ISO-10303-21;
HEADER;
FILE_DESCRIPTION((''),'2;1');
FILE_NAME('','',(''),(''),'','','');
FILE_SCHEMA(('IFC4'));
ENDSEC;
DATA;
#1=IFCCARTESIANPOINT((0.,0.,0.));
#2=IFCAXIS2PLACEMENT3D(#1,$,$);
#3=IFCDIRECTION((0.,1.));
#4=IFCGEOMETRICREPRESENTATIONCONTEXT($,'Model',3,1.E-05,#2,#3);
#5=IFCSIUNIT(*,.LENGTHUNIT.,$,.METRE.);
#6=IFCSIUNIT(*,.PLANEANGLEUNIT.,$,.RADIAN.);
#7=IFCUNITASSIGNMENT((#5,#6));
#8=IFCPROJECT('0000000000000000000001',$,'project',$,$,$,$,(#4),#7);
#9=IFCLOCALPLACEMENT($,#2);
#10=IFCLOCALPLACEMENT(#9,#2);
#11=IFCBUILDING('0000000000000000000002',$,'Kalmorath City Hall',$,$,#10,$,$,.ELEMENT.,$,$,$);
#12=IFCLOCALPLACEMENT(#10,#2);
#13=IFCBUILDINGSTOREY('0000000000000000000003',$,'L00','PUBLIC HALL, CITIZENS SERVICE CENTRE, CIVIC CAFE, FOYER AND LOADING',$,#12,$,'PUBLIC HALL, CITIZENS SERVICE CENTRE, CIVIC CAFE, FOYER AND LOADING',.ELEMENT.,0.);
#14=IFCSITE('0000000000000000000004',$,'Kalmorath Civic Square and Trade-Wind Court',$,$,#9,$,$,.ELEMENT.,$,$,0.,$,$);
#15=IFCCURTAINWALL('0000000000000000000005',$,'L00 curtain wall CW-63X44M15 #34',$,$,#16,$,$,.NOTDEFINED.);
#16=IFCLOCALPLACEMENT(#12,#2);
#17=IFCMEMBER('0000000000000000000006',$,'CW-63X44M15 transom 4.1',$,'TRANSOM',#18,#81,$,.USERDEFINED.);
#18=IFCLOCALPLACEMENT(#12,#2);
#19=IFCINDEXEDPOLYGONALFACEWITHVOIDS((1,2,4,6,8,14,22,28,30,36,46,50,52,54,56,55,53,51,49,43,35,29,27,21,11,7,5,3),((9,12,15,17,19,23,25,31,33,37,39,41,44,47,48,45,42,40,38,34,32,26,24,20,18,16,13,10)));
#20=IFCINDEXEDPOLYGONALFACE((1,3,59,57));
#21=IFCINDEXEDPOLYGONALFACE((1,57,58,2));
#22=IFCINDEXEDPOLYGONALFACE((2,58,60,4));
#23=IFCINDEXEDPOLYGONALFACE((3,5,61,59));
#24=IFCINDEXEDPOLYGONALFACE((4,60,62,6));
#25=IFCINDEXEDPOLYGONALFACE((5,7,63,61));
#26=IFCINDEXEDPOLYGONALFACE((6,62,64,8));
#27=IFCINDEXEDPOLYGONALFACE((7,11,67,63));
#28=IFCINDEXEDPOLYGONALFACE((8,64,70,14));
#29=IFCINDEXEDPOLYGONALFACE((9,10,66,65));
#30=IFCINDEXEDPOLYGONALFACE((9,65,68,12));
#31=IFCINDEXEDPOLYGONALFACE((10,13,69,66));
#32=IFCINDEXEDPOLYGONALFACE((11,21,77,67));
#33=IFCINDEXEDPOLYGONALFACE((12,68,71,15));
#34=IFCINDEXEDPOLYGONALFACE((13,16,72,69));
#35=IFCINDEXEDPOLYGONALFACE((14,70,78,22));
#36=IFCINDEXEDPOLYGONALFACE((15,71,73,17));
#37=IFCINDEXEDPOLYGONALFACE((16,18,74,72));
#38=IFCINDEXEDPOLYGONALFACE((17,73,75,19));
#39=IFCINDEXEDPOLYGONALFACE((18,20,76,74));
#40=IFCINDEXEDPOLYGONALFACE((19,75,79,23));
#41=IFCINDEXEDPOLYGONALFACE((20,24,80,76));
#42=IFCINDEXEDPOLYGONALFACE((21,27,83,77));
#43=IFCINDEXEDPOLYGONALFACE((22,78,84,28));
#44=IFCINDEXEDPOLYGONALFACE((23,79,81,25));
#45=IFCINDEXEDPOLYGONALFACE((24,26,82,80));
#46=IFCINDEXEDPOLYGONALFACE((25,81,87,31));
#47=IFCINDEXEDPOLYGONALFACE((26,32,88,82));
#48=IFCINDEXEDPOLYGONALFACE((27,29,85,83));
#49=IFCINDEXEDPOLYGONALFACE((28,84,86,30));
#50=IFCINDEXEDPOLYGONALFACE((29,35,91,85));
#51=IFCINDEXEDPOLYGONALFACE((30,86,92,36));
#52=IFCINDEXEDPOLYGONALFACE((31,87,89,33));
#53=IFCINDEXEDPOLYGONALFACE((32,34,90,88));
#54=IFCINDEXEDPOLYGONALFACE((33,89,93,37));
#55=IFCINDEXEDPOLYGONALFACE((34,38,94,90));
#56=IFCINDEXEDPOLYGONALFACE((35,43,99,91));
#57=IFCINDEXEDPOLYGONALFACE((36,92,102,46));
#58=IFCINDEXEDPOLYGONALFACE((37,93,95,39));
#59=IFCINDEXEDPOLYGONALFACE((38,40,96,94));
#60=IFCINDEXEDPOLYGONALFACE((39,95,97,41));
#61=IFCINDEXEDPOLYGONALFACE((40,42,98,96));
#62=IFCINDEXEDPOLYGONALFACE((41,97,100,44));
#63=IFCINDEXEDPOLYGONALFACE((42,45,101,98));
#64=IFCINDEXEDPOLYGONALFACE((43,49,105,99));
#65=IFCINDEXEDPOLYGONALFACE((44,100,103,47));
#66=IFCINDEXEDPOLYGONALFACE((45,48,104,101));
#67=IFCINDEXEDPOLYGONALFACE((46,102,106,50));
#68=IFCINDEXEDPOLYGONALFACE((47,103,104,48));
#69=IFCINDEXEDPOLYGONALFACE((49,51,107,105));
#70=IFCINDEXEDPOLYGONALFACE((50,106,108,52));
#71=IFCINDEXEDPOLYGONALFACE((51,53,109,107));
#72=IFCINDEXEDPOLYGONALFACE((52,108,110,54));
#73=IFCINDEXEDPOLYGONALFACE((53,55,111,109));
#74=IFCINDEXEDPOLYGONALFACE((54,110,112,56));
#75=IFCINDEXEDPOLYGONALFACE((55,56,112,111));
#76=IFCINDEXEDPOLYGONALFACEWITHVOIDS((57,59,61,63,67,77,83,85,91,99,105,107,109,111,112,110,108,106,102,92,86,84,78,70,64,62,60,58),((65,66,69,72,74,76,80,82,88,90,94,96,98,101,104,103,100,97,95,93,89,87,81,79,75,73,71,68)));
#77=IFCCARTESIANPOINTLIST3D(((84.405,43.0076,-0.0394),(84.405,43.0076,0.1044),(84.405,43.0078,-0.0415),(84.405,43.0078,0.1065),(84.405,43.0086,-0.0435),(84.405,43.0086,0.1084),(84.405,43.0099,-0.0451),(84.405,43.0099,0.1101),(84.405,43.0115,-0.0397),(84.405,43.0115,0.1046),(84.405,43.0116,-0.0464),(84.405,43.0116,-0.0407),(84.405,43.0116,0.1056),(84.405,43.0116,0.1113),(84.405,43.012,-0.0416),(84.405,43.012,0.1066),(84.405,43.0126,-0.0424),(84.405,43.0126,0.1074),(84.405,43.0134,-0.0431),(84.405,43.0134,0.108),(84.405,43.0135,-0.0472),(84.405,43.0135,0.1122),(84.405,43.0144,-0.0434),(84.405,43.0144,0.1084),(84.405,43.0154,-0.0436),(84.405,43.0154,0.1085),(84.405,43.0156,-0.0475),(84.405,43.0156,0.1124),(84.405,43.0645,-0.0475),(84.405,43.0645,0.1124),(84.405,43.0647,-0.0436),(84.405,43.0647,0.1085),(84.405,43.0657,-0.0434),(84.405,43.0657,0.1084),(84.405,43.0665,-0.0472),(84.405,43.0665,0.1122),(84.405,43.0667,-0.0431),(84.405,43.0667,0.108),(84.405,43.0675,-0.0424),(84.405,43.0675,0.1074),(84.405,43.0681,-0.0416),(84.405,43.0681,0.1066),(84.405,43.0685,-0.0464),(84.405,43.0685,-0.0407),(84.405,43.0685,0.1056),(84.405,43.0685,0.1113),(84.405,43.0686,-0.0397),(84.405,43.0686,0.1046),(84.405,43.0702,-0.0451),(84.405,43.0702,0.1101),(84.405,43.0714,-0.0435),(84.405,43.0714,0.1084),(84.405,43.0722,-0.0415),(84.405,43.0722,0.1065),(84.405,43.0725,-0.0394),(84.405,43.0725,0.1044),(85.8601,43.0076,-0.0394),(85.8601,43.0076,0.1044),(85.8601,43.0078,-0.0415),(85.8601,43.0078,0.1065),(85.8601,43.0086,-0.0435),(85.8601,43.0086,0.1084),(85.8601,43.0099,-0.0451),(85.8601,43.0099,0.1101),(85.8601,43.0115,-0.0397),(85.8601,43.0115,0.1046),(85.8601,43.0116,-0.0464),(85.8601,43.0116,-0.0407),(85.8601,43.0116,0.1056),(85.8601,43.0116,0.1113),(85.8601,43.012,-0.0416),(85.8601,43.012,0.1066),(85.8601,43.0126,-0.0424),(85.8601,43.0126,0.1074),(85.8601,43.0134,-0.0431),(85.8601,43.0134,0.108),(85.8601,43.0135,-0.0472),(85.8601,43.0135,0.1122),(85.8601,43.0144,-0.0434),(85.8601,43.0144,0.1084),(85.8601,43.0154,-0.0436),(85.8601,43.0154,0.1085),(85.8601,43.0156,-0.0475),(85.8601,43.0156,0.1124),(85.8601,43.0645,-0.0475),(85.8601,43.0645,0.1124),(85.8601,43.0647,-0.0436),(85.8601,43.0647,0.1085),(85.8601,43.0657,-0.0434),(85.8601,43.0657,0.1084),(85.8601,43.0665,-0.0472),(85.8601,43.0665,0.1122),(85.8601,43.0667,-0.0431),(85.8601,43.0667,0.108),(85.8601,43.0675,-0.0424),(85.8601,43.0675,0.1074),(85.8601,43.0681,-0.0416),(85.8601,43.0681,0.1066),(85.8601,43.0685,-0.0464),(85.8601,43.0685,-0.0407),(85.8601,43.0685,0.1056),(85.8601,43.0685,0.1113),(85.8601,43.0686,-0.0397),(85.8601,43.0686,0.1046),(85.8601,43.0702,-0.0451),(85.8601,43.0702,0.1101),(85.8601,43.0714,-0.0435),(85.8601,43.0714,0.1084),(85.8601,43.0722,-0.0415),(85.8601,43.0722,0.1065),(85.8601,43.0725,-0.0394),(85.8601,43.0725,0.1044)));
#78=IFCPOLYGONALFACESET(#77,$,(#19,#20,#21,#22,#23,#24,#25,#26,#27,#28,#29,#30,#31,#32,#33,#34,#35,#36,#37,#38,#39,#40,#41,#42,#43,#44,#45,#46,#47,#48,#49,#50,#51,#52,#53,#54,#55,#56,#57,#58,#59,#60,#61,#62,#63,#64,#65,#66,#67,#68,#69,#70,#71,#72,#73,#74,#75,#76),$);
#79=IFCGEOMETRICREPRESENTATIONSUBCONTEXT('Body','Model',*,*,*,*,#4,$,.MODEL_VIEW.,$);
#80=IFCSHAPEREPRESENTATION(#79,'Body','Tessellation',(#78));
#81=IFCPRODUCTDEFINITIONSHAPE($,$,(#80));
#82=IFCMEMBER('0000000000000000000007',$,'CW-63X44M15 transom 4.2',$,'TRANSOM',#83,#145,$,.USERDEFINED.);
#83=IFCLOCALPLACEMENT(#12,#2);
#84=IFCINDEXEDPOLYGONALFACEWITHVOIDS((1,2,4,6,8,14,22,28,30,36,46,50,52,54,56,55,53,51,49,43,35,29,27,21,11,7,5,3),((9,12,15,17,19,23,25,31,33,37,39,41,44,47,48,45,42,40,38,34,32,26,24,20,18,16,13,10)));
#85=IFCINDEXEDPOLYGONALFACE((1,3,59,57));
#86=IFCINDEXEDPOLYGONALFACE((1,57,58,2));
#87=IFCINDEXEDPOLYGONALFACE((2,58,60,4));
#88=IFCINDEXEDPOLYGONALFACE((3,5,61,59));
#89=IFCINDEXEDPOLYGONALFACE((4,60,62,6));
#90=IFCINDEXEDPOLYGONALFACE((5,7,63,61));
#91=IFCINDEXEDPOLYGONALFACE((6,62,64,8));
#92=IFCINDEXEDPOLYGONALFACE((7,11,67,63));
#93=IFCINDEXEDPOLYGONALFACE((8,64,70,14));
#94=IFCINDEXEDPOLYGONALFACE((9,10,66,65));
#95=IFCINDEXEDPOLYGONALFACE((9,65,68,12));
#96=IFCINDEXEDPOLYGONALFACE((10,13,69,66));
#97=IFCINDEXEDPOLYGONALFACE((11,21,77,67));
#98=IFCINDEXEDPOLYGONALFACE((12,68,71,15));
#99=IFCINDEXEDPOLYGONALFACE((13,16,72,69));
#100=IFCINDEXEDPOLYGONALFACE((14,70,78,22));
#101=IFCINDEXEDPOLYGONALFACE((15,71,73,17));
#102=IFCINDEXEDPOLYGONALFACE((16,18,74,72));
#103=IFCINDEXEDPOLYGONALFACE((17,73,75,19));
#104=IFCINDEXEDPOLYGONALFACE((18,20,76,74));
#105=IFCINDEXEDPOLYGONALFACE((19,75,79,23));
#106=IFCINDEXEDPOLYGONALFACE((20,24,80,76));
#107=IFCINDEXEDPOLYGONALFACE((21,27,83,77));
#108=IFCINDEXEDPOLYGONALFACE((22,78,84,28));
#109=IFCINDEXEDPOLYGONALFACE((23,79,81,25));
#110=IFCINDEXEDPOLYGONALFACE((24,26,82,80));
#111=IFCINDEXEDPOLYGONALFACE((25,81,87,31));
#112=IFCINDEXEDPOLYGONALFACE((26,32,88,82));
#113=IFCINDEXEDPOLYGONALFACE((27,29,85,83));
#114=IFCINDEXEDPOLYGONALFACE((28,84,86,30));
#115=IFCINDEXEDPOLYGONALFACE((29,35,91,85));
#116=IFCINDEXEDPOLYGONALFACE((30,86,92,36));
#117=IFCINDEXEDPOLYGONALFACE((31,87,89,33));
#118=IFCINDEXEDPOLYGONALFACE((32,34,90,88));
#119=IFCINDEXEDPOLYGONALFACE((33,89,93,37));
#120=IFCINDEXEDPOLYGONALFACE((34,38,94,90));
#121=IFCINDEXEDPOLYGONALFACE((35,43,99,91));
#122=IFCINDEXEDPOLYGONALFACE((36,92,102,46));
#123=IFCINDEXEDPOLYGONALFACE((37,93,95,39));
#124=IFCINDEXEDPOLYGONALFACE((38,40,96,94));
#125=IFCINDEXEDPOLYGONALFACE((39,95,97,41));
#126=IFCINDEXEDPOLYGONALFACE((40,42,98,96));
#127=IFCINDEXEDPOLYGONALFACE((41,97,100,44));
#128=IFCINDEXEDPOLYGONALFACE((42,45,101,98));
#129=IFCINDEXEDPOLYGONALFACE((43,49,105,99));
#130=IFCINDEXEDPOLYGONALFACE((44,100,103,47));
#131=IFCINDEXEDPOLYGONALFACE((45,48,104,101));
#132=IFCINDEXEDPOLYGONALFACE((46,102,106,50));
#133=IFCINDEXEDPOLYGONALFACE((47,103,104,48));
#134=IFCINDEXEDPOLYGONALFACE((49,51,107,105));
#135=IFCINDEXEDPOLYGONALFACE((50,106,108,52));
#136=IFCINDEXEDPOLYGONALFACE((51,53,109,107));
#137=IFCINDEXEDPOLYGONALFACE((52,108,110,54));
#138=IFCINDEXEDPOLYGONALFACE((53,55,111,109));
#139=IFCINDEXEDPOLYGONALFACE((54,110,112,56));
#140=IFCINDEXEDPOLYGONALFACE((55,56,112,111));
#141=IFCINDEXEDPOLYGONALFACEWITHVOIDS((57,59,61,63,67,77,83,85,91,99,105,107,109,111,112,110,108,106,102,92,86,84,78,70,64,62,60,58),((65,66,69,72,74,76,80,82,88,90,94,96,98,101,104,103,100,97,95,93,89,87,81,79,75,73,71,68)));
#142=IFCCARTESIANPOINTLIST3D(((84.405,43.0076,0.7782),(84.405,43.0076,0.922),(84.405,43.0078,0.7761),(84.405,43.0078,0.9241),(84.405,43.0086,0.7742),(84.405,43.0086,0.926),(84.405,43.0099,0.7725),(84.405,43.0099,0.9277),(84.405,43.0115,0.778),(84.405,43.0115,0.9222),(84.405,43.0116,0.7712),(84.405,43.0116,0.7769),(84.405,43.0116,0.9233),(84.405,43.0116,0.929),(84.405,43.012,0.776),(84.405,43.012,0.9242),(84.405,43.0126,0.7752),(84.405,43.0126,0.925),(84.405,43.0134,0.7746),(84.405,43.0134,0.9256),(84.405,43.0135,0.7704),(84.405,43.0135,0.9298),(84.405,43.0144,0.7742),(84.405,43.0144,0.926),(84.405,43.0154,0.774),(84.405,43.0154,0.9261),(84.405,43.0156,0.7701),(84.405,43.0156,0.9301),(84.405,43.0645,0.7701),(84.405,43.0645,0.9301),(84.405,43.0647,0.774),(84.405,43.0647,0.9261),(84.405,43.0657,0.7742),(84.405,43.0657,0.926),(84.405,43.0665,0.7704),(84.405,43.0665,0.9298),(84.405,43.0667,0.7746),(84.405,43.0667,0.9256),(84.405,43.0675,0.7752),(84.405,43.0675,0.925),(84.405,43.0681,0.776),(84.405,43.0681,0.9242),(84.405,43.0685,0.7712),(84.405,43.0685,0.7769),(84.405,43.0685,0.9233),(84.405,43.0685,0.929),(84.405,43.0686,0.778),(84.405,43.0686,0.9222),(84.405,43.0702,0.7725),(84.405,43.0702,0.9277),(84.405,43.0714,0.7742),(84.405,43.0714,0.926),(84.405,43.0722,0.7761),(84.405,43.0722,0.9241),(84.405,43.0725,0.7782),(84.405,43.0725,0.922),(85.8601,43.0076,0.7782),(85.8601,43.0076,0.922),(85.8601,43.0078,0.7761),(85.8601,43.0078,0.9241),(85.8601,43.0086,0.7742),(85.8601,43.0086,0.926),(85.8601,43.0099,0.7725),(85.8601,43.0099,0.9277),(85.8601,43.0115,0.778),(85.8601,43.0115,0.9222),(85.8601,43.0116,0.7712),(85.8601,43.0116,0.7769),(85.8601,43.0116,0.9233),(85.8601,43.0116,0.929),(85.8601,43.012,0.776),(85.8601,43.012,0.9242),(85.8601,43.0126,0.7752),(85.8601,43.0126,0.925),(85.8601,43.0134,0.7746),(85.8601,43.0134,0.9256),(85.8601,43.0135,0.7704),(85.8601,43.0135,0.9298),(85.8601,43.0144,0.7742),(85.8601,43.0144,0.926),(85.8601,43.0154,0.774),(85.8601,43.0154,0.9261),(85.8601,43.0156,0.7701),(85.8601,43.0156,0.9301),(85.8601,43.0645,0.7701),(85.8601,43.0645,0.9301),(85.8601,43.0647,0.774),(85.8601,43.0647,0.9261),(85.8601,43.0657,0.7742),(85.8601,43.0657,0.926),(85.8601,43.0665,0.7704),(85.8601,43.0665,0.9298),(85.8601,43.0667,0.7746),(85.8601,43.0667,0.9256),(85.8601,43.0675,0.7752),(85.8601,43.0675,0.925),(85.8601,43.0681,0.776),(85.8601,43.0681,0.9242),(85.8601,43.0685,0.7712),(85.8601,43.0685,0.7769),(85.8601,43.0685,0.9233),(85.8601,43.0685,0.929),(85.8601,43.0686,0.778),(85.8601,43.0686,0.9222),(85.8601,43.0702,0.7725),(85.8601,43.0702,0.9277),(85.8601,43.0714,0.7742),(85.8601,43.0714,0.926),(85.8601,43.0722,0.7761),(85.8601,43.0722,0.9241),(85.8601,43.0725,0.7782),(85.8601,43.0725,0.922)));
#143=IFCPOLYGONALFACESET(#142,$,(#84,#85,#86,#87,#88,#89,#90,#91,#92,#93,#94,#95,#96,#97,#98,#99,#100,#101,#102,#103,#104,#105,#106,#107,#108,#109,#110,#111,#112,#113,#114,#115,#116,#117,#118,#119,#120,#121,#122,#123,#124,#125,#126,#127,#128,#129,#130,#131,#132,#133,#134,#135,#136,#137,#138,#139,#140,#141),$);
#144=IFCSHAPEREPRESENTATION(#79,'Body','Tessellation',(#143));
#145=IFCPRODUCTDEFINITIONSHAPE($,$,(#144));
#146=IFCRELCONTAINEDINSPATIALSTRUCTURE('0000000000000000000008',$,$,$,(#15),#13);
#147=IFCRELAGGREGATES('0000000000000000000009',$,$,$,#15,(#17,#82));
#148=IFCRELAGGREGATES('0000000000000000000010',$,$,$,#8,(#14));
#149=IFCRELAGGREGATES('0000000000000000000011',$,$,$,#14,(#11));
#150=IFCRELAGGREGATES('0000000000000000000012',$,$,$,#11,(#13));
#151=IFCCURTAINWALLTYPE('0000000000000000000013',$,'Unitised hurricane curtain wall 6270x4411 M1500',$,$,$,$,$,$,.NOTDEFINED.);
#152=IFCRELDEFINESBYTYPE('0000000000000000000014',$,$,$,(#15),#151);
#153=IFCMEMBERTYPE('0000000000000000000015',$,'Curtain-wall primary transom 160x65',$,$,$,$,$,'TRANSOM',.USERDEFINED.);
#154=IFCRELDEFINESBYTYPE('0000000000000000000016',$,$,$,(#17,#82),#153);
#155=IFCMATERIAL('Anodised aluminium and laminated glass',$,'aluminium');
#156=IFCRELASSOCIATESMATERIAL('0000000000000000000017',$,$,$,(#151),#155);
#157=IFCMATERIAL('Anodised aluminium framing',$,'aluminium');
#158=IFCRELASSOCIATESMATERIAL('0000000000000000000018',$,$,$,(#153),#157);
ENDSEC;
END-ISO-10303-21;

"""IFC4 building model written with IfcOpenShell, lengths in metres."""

from ifc_helpers import new_model, si_unit, direction, frame, origin, origin_2d, place, context, subcontext, project, spatial, hollow_rectangle, extrude, material, material_profile, profile_set, type_object, element, aggregate, save


model = new_model("IFC4")

# Units and contexts
model_context = context("Model", 3, precision=1e-05, world=origin(), true_north=direction((0.0, 1.0)))
body_context = subcontext(model_context, "Body", "Model", "MODEL_VIEW")
ifc_project = project(units=[si_unit("LENGTHUNIT", "METRE"), si_unit("PLANEANGLEUNIT", "RADIAN")], contexts=[model_context])

# Site, building, storey
site_placement = place(None, origin())
site = spatial("IfcSite", under=ifc_project, at=site_placement, Name="Kalmorath Civic Square and Trade-Wind Court", CompositionType="ELEMENT", RefElevation=0.0)
building_placement = place(site_placement, origin())
building = spatial("IfcBuilding", under=site, at=building_placement, Name="Kalmorath City Hall", CompositionType="ELEMENT")
storey_placement = place(building_placement, origin())
storey = spatial("IfcBuildingStorey", under=building, at=storey_placement, Name="L00", Description="PUBLIC HALL, CITIZENS SERVICE CENTRE, CIVIC CAFE, FOYER AND LOADING", LongName="PUBLIC HALL, CITIZENS SERVICE CENTRE, CIVIC CAFE, FOYER AND LOADING", CompositionType="ELEMENT", Elevation=0.0)

# Curtain wall, members
ifc_material_1 = material(Name="Anodised aluminium and laminated glass", Category="aluminium")
curtain_wall_type = type_object("IfcCurtainWallType", Name="Unitised hurricane curtain wall 6270x4411 M1500", PredefinedType="NOTDEFINED", material=ifc_material_1)
curtain_wall_placement = place(storey_placement, origin())
curtain_wall = element("IfcCurtainWall", 1, at=curtain_wall_placement, inside=storey, type_object=curtain_wall_type, Name="L00 curtain wall CW-63X44M15 #34", PredefinedType="NOTDEFINED")
ifc_material_2 = material(Name="Anodised aluminium framing", Category="aluminium")
ifc_material_profile_1 = material_profile(ifc_material_2, hollow_rectangle(XDim=0.0649, YDim=0.1599, WallThickness=0.0039, InnerFilletRadius=0.0039, OuterFilletRadius=0.0081, at=origin_2d()), Name="ALU-TRN-160X65X4")
ifc_profile_set_1 = profile_set([ifc_material_profile_1], Name="Anodised aluminium framing")
member_type_1 = type_object("IfcMemberType", Name="Curtain-wall primary transom 160x65", ElementType="TRANSOM", PredefinedType="USERDEFINED", material=ifc_profile_set_1)
member_1_placement = place(storey_placement, frame((84.405, 43.04, 0.0325), z_axis=(1.0, 0.0, 0.0), x_axis=(0.0, 1.0, 0.0)))
member_1 = element("IfcMember", 2, at=member_1_placement, type_object=member_type_1, Name="CW-63X44M15 transom 4.1", ObjectType="TRANSOM", PredefinedType="USERDEFINED", context=body_context, shape_type="SweptSolid", body=[
    extrude(hollow_rectangle(XDim=0.0649, YDim=0.1599, WallThickness=0.0039, InnerFilletRadius=0.0039, OuterFilletRadius=0.0081, at=origin_2d()), origin(), (0.0, 0.0, 1.0), 1.4551),
])
member_2_placement = place(storey_placement, frame((84.405, 43.04, 0.8501), z_axis=(1.0, 0.0, 0.0), x_axis=(0.0, 1.0, 0.0)))
member_2 = element("IfcMember", 3, at=member_2_placement, type_object=member_type_1, Name="CW-63X44M15 transom 4.2", ObjectType="TRANSOM", PredefinedType="USERDEFINED", context=body_context, shape_type="SweptSolid", body=[
    extrude(hollow_rectangle(XDim=0.0649, YDim=0.1599, WallThickness=0.0039, InnerFilletRadius=0.0039, OuterFilletRadius=0.0081, at=origin_2d()), origin(), (0.0, 0.0, 1.0), 1.4551),
])
aggregate(curtain_wall, [member_1, member_2])

save(model, "model.ifc")
